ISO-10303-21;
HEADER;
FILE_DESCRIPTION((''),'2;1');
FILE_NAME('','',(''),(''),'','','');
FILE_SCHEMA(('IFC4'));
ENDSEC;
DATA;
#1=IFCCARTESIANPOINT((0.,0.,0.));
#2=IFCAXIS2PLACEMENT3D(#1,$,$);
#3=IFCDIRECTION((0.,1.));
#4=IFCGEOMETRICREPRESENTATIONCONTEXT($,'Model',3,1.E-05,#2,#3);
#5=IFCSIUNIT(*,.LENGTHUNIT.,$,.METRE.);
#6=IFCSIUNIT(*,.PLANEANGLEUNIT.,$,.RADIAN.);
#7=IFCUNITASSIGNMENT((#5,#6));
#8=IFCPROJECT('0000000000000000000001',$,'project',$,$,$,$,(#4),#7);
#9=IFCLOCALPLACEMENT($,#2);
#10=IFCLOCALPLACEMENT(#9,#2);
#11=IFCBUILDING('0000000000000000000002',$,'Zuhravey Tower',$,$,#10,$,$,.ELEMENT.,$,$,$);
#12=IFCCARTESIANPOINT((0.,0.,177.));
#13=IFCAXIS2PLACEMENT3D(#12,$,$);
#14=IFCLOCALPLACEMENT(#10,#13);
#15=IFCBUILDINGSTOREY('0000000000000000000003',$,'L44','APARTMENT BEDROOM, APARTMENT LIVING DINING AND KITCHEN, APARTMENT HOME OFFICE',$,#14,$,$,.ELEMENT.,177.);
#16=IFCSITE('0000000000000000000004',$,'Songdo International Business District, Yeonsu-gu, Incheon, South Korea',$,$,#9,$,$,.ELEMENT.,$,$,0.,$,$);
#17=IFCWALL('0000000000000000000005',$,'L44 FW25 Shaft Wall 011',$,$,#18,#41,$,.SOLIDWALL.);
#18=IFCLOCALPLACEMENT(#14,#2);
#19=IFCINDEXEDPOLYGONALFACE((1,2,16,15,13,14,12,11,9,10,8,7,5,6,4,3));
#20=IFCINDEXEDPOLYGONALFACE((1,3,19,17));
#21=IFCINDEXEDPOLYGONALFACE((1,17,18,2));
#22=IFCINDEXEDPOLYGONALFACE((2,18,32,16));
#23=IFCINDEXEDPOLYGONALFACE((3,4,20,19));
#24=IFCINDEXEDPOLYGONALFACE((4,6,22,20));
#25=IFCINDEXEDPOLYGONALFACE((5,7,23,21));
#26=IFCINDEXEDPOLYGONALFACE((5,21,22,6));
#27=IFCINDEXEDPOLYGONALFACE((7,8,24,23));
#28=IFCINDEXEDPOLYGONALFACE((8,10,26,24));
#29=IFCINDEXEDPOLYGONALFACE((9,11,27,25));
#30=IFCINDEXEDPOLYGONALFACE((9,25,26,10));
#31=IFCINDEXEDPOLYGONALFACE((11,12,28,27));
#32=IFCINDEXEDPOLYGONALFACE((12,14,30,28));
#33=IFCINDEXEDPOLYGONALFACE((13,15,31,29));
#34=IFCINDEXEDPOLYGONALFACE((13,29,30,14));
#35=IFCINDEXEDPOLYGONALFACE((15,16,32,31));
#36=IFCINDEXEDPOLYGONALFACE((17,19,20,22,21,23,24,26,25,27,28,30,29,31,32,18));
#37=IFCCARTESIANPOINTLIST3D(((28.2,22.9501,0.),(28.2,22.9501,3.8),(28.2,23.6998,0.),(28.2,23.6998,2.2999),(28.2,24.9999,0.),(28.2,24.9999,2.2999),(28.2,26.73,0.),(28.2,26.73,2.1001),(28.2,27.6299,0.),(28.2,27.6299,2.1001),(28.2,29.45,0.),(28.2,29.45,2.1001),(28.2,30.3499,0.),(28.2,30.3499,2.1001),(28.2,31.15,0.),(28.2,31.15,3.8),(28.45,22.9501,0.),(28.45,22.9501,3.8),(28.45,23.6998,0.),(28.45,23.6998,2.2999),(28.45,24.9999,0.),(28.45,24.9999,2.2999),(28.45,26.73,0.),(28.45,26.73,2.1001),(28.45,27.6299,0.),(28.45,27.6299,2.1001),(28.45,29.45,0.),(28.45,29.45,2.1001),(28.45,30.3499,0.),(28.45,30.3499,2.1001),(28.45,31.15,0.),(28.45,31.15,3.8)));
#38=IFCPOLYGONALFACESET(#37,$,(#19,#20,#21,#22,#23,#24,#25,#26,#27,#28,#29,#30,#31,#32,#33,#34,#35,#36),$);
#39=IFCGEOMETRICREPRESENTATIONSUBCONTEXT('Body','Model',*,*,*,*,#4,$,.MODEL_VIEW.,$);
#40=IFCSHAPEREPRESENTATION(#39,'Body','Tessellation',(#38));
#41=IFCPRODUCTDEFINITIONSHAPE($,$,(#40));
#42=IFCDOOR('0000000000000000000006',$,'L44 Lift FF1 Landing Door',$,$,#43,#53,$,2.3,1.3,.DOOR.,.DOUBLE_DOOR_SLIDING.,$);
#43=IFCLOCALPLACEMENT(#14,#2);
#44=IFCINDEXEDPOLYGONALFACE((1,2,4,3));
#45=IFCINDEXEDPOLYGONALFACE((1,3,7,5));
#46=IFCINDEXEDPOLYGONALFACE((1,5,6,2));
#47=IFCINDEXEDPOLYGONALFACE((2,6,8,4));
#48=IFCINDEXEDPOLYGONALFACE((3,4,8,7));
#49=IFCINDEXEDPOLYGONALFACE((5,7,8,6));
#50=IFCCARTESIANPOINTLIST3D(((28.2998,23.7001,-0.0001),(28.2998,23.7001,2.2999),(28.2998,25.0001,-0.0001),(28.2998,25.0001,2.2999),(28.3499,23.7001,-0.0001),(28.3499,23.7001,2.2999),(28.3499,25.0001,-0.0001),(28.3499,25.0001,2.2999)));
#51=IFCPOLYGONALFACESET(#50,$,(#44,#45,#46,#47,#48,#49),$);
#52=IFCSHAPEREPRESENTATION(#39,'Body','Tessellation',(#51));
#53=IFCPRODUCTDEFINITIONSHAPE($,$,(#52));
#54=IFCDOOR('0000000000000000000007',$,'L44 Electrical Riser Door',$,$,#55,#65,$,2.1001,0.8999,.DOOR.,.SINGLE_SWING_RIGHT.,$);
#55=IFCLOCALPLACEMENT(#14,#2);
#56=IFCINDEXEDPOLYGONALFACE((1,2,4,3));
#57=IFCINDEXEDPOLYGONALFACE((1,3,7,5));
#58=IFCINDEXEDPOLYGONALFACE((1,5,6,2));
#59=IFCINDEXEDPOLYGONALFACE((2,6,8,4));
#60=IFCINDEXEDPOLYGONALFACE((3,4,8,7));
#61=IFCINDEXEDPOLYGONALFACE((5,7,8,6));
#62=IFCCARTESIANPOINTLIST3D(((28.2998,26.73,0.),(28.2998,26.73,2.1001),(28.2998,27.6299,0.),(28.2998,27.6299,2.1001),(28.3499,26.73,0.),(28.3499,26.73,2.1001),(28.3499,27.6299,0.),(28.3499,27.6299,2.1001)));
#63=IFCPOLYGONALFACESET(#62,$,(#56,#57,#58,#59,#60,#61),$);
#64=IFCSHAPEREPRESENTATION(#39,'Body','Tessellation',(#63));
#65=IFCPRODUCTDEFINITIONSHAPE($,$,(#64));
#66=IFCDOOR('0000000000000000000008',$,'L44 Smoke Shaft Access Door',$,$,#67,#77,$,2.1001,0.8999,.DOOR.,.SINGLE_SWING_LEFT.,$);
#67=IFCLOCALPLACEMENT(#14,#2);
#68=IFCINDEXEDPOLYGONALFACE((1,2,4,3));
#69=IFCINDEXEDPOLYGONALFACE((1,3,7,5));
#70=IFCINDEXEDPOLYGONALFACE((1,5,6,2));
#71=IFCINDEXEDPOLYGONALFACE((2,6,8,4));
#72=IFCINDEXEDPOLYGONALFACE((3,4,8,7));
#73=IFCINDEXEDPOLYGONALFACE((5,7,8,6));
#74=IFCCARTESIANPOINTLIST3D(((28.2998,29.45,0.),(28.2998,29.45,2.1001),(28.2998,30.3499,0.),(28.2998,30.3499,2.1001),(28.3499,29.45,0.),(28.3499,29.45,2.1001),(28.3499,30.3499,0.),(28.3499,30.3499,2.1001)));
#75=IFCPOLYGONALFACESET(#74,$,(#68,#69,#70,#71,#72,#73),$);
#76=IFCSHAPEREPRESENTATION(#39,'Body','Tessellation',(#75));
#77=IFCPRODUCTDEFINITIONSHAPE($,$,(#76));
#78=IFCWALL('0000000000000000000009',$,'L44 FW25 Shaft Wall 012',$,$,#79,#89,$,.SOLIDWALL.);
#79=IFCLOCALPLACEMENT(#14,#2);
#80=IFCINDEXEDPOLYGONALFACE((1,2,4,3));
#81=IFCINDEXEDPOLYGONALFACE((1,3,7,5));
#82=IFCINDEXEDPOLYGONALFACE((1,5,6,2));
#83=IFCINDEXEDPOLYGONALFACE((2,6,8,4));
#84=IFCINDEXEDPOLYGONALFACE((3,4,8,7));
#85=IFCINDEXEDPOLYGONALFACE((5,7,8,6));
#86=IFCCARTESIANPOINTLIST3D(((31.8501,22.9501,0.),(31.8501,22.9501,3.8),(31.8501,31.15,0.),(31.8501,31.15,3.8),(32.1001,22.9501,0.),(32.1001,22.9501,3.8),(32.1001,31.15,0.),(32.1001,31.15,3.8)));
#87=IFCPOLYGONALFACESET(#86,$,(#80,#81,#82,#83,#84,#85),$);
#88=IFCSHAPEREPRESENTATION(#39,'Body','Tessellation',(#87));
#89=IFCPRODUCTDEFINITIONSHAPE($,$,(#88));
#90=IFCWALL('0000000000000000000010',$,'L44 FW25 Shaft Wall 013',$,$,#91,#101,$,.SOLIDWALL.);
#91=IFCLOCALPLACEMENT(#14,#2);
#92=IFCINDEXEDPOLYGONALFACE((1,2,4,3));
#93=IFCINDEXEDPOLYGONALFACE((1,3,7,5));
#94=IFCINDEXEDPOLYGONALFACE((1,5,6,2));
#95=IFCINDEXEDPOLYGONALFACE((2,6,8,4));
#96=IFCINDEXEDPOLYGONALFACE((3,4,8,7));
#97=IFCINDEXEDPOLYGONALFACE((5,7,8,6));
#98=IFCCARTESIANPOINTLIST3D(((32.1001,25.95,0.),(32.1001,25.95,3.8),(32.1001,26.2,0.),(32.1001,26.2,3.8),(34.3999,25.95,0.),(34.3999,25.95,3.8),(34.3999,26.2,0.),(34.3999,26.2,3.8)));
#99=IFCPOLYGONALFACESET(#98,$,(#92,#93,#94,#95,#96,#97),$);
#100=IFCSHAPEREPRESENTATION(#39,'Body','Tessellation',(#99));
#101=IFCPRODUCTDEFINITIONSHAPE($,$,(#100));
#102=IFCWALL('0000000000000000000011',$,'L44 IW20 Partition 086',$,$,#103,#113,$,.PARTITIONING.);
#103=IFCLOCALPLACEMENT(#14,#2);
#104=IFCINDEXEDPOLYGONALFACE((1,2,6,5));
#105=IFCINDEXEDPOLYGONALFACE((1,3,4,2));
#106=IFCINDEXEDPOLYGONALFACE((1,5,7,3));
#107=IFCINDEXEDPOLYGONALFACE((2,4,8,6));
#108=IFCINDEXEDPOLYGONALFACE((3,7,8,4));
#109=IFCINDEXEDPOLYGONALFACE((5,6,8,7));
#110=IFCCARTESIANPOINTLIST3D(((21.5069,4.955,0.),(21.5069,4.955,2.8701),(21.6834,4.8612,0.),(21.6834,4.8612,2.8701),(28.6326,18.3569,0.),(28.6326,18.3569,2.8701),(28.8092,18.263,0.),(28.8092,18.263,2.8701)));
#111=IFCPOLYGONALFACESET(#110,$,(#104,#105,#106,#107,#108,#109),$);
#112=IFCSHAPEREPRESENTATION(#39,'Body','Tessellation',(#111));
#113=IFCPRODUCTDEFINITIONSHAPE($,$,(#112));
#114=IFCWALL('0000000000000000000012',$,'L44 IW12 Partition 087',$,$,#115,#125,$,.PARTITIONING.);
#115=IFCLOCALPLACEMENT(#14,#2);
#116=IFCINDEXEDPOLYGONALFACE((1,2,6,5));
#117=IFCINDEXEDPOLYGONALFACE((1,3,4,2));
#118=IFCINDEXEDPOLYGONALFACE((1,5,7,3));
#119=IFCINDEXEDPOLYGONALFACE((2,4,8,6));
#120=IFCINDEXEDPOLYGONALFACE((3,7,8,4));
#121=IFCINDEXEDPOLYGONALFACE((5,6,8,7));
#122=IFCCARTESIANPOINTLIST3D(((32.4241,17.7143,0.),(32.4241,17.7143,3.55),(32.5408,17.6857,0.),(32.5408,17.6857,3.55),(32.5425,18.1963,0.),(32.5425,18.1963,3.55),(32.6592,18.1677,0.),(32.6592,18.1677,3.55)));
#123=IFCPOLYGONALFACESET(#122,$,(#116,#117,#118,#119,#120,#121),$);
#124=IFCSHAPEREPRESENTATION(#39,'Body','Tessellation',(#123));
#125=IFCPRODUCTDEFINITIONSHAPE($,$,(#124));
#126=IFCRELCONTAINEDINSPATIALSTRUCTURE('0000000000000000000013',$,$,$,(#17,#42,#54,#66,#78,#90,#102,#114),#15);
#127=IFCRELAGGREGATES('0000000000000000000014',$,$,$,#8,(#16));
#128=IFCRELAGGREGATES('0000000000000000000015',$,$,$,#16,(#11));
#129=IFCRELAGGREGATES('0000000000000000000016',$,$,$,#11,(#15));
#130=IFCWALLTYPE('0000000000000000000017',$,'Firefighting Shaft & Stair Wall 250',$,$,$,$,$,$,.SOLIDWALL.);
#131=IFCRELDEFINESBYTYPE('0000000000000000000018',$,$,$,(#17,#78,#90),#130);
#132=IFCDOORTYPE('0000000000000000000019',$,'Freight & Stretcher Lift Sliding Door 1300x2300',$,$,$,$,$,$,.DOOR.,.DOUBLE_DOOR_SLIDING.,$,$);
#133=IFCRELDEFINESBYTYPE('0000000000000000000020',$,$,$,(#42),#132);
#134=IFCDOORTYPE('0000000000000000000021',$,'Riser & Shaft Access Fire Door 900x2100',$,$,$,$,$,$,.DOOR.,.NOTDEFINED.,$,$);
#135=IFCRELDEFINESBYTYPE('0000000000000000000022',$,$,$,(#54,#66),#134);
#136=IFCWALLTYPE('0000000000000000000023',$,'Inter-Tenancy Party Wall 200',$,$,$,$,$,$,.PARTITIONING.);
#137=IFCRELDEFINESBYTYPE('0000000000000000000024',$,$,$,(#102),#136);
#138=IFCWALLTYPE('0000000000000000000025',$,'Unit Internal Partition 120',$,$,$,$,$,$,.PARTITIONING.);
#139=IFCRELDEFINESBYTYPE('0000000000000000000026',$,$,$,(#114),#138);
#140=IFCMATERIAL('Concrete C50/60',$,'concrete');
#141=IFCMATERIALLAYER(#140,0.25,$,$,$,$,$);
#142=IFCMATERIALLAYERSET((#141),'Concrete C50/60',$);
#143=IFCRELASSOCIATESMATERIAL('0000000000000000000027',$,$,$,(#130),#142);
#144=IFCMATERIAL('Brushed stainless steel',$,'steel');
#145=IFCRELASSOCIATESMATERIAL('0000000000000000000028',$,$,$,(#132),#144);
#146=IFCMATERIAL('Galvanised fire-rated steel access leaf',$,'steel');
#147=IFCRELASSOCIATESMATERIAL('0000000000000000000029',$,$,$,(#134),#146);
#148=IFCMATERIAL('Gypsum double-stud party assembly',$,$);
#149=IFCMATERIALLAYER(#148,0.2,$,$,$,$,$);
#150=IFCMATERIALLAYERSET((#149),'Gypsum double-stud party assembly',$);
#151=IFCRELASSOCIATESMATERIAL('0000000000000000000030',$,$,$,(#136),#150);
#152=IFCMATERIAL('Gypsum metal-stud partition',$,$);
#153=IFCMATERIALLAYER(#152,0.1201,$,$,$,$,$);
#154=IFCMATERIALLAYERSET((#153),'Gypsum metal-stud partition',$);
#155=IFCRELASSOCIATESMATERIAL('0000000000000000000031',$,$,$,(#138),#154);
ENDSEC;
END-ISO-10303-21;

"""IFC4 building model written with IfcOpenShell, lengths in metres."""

from ifc_helpers import new_model, si_unit, direction, frame, frame_2d, origin, place, context, subcontext, project, spatial, rectangle, extrude, material, layer, layer_set, type_object, element, fill, save


model = new_model("IFC4")

# Units and contexts
model_context = context("Model", 3, precision=1e-05, world=origin(), true_north=direction((0.0, 1.0)))
body_context = subcontext(model_context, "Body", "Model", "MODEL_VIEW")
ifc_project = project(units=[si_unit("LENGTHUNIT", "METRE"), si_unit("PLANEANGLEUNIT", "RADIAN")], contexts=[model_context])

# Site, building, storey
site_placement = place(None, origin())
site = spatial("IfcSite", under=ifc_project, at=site_placement, Name="Songdo International Business District, Yeonsu-gu, Incheon, South Korea", CompositionType="ELEMENT", RefElevation=0.0)
building_placement = place(site_placement, origin())
building = spatial("IfcBuilding", under=site, at=building_placement, Name="Zuhravey Tower", CompositionType="ELEMENT")
storey_placement = place(building_placement, frame((0.0, 0.0, 177.0)))
storey = spatial("IfcBuildingStorey", under=building, at=storey_placement, Name="L44", Description="APARTMENT BEDROOM, APARTMENT LIVING DINING AND KITCHEN, APARTMENT HOME OFFICE", CompositionType="ELEMENT", Elevation=177.0)

# Shared definitions
ifc_material_1 = material(Name="Concrete C50/60", Category="concrete")
ifc_layer_1 = layer(ifc_material_1, 0.25)
ifc_layer_set_1 = layer_set([ifc_layer_1], Name="Concrete C50/60")
wall_type_1 = type_object("IfcWallType", Name="Firefighting Shaft & Stair Wall 250", PredefinedType="SOLIDWALL", material=ifc_layer_set_1)

# Wall, openings, doors
wall_1_placement = place(storey_placement, frame((28.325, 22.95, 0.0), z_axis=(0.0, 0.0, 1.0), x_axis=(0.0, 1.0, 0.0)))
wall_1 = element("IfcWall", 1, at=wall_1_placement, inside=storey, type_object=wall_type_1, Name="L44 FW25 Shaft Wall 011", PredefinedType="SOLIDWALL", context=body_context, shape_type="SweptSolid", body=[
    extrude(rectangle(XDim=8.2, YDim=0.25, at=frame_2d((4.1001, 0.0))), origin(), (0.0, 0.0, 1.0), 3.8),
])
opening_1_placement = place(wall_1_placement, frame((0.75, 0.0, 0.0)))
opening_1 = element("IfcOpeningElement", 2, at=opening_1_placement, cuts=wall_1, PredefinedType="OPENING", context=body_context, shape_type="SweptSolid", body=[
    extrude(rectangle(XDim=1.3, YDim=2.3, at=frame_2d((0.6499, 1.1499))), frame((0.0, 0.137, 0.0), z_axis=(0.0, -1.0, 0.0), x_axis=(1.0, 0.0, 0.0)), (0.0, 0.0, 1.0), 0.2739),
])
opening_2_placement = place(wall_1_placement, frame((3.78, 0.0, 0.0)))
opening_2 = element("IfcOpeningElement", 3, at=opening_2_placement, cuts=wall_1, PredefinedType="OPENING", context=body_context, shape_type="SweptSolid", body=[
    extrude(rectangle(XDim=0.8999, YDim=2.1001, at=frame_2d((0.45, 1.05))), frame((0.0, 0.137, 0.0), z_axis=(0.0, -1.0, 0.0), x_axis=(1.0, 0.0, 0.0)), (0.0, 0.0, 1.0), 0.2739),
])
opening_3_placement = place(wall_1_placement, frame((6.5, 0.0, 0.0)))
opening_3 = element("IfcOpeningElement", 4, at=opening_3_placement, cuts=wall_1, PredefinedType="OPENING", context=body_context, shape_type="SweptSolid", body=[
    extrude(rectangle(XDim=0.8999, YDim=2.1001, at=frame_2d((0.45, 1.05))), frame((0.0, 0.137, 0.0), z_axis=(0.0, -1.0, 0.0), x_axis=(1.0, 0.0, 0.0)), (0.0, 0.0, 1.0), 0.2739),
])
ifc_material_2 = material(Name="Brushed stainless steel", Category="steel")
door_type_1 = type_object("IfcDoorType", Name="Freight & Stretcher Lift Sliding Door 1300x2300", OperationType="DOUBLE_DOOR_SLIDING", PredefinedType="DOOR", material=ifc_material_2)
door_1_placement = place(opening_1_placement, frame((1.3, 0.0, 0.0), z_axis=(0.0, 0.0, 1.0), x_axis=(-1.0, 0.0, 0.0)))
door_1 = element("IfcDoor", 5, at=door_1_placement, inside=storey, type_object=door_type_1, Name="L44 Lift FF1 Landing Door", OperationType="DOUBLE_DOOR_SLIDING", OverallHeight=2.3, OverallWidth=1.3, PredefinedType="DOOR", context=body_context, shape_type="SweptSolid", body=[
    extrude(rectangle(XDim=1.3, YDim=2.3, at=frame_2d((0.6499, 1.1499))), frame((0.0, 0.0249, 0.0), z_axis=(0.0, -1.0, 0.0), x_axis=(1.0, 0.0, 0.0)), (0.0, 0.0, 1.0), 0.05),
])
fill(opening_1, door_1)
ifc_material_3 = material(Name="Galvanised fire-rated steel access leaf", Category="steel")
door_type_2 = type_object("IfcDoorType", Name="Riser & Shaft Access Fire Door 900x2100", OperationType="NOTDEFINED", PredefinedType="DOOR", material=ifc_material_3)
door_2_placement = place(opening_2_placement, frame((0.8999, 0.0, 0.0), z_axis=(0.0, 0.0, 1.0), x_axis=(-1.0, 0.0, 0.0)))
door_2 = element("IfcDoor", 6, at=door_2_placement, inside=storey, type_object=door_type_2, Name="L44 Electrical Riser Door", OperationType="SINGLE_SWING_RIGHT", OverallHeight=2.1001, OverallWidth=0.8999, PredefinedType="DOOR", context=body_context, shape_type="SweptSolid", body=[
    extrude(rectangle(XDim=0.8999, YDim=2.1001, at=frame_2d((0.45, 1.05))), frame((0.0, 0.0249, 0.0), z_axis=(0.0, -1.0, 0.0), x_axis=(1.0, 0.0, 0.0)), (0.0, 0.0, 1.0), 0.05),
])
fill(opening_2, door_2)
door_3_placement = place(opening_3_placement, frame((0.8999, 0.0, 0.0), z_axis=(0.0, 0.0, 1.0), x_axis=(-1.0, 0.0, 0.0)))
door_3 = element("IfcDoor", 7, at=door_3_placement, inside=storey, type_object=door_type_2, Name="L44 Smoke Shaft Access Door", OperationType="SINGLE_SWING_LEFT", OverallHeight=2.1001, OverallWidth=0.8999, PredefinedType="DOOR", context=body_context, shape_type="SweptSolid", body=[
    extrude(rectangle(XDim=0.8999, YDim=2.1001, at=frame_2d((0.45, 1.05))), frame((0.0, 0.0249, 0.0), z_axis=(0.0, -1.0, 0.0), x_axis=(1.0, 0.0, 0.0)), (0.0, 0.0, 1.0), 0.05),
])
fill(opening_3, door_3)

# Walls
wall_2_placement = place(storey_placement, frame((31.9751, 22.95, 0.0), z_axis=(0.0, 0.0, 1.0), x_axis=(0.0, 1.0, 0.0)))
element("IfcWall", 8, at=wall_2_placement, inside=storey, type_object=wall_type_1, Name="L44 FW25 Shaft Wall 012", PredefinedType="SOLIDWALL", context=body_context, shape_type="SweptSolid", body=[
    extrude(rectangle(XDim=8.2, YDim=0.25, at=frame_2d((4.1001, 0.0))), origin(), (0.0, 0.0, 1.0), 3.8),
])
wall_3_placement = place(storey_placement, frame((32.1001, 26.075, 0.0), z_axis=(0.0, 0.0, 1.0), x_axis=(1.0, 0.0, 0.0)))
element("IfcWall", 9, at=wall_3_placement, inside=storey, type_object=wall_type_1, Name="L44 FW25 Shaft Wall 013", PredefinedType="SOLIDWALL", context=body_context, shape_type="SweptSolid", body=[
    extrude(rectangle(XDim=2.2998, YDim=0.25, at=frame_2d((1.1499, 0.0))), origin(), (0.0, 0.0, 1.0), 3.8),
])
ifc_material_4 = material(Name="Gypsum double-stud party assembly")
ifc_layer_2 = layer(ifc_material_4, 0.2)
ifc_layer_set_2 = layer_set([ifc_layer_2], Name="Gypsum double-stud party assembly")
wall_type_2 = type_object("IfcWallType", Name="Inter-Tenancy Party Wall 200", PredefinedType="PARTITIONING", material=ifc_layer_set_2)
wall_4_placement = place(storey_placement, frame((28.7209, 18.3101, 0.0), z_axis=(0.0, 0.0, 1.0), x_axis=(-0.469463, -0.882952, 0.0)))
element("IfcWall", 10, at=wall_4_placement, inside=storey, type_object=wall_type_2, Name="L44 IW20 Partition 086", PredefinedType="PARTITIONING", context=body_context, shape_type="SweptSolid", body=[
    extrude(rectangle(XDim=15.1785, YDim=0.2, at=frame_2d((7.5894, 0.0))), origin(), (0.0, 0.0, 1.0), 2.8701),
])
ifc_material_5 = material(Name="Gypsum metal-stud partition")
ifc_layer_3 = layer(ifc_material_5, 0.1201)
ifc_layer_set_3 = layer_set([ifc_layer_3], Name="Gypsum metal-stud partition")
wall_type_3 = type_object("IfcWallType", Name="Unit Internal Partition 120", PredefinedType="PARTITIONING", material=ifc_layer_set_3)
wall_5_placement = place(storey_placement, frame((32.6008, 18.1819, 0.0), z_axis=(0.0, 0.0, 1.0), x_axis=(-0.238598, -0.971118, 0.0)))
element("IfcWall", 11, at=wall_5_placement, inside=storey, type_object=wall_type_3, Name="L44 IW12 Partition 087", PredefinedType="PARTITIONING", context=body_context, shape_type="SweptSolid", body=[
    extrude(rectangle(XDim=0.4963, YDim=0.1201, at=frame_2d((0.248, 0.0))), origin(), (0.0, 0.0, 1.0), 3.55),
])

save(model, "model.ifc")
